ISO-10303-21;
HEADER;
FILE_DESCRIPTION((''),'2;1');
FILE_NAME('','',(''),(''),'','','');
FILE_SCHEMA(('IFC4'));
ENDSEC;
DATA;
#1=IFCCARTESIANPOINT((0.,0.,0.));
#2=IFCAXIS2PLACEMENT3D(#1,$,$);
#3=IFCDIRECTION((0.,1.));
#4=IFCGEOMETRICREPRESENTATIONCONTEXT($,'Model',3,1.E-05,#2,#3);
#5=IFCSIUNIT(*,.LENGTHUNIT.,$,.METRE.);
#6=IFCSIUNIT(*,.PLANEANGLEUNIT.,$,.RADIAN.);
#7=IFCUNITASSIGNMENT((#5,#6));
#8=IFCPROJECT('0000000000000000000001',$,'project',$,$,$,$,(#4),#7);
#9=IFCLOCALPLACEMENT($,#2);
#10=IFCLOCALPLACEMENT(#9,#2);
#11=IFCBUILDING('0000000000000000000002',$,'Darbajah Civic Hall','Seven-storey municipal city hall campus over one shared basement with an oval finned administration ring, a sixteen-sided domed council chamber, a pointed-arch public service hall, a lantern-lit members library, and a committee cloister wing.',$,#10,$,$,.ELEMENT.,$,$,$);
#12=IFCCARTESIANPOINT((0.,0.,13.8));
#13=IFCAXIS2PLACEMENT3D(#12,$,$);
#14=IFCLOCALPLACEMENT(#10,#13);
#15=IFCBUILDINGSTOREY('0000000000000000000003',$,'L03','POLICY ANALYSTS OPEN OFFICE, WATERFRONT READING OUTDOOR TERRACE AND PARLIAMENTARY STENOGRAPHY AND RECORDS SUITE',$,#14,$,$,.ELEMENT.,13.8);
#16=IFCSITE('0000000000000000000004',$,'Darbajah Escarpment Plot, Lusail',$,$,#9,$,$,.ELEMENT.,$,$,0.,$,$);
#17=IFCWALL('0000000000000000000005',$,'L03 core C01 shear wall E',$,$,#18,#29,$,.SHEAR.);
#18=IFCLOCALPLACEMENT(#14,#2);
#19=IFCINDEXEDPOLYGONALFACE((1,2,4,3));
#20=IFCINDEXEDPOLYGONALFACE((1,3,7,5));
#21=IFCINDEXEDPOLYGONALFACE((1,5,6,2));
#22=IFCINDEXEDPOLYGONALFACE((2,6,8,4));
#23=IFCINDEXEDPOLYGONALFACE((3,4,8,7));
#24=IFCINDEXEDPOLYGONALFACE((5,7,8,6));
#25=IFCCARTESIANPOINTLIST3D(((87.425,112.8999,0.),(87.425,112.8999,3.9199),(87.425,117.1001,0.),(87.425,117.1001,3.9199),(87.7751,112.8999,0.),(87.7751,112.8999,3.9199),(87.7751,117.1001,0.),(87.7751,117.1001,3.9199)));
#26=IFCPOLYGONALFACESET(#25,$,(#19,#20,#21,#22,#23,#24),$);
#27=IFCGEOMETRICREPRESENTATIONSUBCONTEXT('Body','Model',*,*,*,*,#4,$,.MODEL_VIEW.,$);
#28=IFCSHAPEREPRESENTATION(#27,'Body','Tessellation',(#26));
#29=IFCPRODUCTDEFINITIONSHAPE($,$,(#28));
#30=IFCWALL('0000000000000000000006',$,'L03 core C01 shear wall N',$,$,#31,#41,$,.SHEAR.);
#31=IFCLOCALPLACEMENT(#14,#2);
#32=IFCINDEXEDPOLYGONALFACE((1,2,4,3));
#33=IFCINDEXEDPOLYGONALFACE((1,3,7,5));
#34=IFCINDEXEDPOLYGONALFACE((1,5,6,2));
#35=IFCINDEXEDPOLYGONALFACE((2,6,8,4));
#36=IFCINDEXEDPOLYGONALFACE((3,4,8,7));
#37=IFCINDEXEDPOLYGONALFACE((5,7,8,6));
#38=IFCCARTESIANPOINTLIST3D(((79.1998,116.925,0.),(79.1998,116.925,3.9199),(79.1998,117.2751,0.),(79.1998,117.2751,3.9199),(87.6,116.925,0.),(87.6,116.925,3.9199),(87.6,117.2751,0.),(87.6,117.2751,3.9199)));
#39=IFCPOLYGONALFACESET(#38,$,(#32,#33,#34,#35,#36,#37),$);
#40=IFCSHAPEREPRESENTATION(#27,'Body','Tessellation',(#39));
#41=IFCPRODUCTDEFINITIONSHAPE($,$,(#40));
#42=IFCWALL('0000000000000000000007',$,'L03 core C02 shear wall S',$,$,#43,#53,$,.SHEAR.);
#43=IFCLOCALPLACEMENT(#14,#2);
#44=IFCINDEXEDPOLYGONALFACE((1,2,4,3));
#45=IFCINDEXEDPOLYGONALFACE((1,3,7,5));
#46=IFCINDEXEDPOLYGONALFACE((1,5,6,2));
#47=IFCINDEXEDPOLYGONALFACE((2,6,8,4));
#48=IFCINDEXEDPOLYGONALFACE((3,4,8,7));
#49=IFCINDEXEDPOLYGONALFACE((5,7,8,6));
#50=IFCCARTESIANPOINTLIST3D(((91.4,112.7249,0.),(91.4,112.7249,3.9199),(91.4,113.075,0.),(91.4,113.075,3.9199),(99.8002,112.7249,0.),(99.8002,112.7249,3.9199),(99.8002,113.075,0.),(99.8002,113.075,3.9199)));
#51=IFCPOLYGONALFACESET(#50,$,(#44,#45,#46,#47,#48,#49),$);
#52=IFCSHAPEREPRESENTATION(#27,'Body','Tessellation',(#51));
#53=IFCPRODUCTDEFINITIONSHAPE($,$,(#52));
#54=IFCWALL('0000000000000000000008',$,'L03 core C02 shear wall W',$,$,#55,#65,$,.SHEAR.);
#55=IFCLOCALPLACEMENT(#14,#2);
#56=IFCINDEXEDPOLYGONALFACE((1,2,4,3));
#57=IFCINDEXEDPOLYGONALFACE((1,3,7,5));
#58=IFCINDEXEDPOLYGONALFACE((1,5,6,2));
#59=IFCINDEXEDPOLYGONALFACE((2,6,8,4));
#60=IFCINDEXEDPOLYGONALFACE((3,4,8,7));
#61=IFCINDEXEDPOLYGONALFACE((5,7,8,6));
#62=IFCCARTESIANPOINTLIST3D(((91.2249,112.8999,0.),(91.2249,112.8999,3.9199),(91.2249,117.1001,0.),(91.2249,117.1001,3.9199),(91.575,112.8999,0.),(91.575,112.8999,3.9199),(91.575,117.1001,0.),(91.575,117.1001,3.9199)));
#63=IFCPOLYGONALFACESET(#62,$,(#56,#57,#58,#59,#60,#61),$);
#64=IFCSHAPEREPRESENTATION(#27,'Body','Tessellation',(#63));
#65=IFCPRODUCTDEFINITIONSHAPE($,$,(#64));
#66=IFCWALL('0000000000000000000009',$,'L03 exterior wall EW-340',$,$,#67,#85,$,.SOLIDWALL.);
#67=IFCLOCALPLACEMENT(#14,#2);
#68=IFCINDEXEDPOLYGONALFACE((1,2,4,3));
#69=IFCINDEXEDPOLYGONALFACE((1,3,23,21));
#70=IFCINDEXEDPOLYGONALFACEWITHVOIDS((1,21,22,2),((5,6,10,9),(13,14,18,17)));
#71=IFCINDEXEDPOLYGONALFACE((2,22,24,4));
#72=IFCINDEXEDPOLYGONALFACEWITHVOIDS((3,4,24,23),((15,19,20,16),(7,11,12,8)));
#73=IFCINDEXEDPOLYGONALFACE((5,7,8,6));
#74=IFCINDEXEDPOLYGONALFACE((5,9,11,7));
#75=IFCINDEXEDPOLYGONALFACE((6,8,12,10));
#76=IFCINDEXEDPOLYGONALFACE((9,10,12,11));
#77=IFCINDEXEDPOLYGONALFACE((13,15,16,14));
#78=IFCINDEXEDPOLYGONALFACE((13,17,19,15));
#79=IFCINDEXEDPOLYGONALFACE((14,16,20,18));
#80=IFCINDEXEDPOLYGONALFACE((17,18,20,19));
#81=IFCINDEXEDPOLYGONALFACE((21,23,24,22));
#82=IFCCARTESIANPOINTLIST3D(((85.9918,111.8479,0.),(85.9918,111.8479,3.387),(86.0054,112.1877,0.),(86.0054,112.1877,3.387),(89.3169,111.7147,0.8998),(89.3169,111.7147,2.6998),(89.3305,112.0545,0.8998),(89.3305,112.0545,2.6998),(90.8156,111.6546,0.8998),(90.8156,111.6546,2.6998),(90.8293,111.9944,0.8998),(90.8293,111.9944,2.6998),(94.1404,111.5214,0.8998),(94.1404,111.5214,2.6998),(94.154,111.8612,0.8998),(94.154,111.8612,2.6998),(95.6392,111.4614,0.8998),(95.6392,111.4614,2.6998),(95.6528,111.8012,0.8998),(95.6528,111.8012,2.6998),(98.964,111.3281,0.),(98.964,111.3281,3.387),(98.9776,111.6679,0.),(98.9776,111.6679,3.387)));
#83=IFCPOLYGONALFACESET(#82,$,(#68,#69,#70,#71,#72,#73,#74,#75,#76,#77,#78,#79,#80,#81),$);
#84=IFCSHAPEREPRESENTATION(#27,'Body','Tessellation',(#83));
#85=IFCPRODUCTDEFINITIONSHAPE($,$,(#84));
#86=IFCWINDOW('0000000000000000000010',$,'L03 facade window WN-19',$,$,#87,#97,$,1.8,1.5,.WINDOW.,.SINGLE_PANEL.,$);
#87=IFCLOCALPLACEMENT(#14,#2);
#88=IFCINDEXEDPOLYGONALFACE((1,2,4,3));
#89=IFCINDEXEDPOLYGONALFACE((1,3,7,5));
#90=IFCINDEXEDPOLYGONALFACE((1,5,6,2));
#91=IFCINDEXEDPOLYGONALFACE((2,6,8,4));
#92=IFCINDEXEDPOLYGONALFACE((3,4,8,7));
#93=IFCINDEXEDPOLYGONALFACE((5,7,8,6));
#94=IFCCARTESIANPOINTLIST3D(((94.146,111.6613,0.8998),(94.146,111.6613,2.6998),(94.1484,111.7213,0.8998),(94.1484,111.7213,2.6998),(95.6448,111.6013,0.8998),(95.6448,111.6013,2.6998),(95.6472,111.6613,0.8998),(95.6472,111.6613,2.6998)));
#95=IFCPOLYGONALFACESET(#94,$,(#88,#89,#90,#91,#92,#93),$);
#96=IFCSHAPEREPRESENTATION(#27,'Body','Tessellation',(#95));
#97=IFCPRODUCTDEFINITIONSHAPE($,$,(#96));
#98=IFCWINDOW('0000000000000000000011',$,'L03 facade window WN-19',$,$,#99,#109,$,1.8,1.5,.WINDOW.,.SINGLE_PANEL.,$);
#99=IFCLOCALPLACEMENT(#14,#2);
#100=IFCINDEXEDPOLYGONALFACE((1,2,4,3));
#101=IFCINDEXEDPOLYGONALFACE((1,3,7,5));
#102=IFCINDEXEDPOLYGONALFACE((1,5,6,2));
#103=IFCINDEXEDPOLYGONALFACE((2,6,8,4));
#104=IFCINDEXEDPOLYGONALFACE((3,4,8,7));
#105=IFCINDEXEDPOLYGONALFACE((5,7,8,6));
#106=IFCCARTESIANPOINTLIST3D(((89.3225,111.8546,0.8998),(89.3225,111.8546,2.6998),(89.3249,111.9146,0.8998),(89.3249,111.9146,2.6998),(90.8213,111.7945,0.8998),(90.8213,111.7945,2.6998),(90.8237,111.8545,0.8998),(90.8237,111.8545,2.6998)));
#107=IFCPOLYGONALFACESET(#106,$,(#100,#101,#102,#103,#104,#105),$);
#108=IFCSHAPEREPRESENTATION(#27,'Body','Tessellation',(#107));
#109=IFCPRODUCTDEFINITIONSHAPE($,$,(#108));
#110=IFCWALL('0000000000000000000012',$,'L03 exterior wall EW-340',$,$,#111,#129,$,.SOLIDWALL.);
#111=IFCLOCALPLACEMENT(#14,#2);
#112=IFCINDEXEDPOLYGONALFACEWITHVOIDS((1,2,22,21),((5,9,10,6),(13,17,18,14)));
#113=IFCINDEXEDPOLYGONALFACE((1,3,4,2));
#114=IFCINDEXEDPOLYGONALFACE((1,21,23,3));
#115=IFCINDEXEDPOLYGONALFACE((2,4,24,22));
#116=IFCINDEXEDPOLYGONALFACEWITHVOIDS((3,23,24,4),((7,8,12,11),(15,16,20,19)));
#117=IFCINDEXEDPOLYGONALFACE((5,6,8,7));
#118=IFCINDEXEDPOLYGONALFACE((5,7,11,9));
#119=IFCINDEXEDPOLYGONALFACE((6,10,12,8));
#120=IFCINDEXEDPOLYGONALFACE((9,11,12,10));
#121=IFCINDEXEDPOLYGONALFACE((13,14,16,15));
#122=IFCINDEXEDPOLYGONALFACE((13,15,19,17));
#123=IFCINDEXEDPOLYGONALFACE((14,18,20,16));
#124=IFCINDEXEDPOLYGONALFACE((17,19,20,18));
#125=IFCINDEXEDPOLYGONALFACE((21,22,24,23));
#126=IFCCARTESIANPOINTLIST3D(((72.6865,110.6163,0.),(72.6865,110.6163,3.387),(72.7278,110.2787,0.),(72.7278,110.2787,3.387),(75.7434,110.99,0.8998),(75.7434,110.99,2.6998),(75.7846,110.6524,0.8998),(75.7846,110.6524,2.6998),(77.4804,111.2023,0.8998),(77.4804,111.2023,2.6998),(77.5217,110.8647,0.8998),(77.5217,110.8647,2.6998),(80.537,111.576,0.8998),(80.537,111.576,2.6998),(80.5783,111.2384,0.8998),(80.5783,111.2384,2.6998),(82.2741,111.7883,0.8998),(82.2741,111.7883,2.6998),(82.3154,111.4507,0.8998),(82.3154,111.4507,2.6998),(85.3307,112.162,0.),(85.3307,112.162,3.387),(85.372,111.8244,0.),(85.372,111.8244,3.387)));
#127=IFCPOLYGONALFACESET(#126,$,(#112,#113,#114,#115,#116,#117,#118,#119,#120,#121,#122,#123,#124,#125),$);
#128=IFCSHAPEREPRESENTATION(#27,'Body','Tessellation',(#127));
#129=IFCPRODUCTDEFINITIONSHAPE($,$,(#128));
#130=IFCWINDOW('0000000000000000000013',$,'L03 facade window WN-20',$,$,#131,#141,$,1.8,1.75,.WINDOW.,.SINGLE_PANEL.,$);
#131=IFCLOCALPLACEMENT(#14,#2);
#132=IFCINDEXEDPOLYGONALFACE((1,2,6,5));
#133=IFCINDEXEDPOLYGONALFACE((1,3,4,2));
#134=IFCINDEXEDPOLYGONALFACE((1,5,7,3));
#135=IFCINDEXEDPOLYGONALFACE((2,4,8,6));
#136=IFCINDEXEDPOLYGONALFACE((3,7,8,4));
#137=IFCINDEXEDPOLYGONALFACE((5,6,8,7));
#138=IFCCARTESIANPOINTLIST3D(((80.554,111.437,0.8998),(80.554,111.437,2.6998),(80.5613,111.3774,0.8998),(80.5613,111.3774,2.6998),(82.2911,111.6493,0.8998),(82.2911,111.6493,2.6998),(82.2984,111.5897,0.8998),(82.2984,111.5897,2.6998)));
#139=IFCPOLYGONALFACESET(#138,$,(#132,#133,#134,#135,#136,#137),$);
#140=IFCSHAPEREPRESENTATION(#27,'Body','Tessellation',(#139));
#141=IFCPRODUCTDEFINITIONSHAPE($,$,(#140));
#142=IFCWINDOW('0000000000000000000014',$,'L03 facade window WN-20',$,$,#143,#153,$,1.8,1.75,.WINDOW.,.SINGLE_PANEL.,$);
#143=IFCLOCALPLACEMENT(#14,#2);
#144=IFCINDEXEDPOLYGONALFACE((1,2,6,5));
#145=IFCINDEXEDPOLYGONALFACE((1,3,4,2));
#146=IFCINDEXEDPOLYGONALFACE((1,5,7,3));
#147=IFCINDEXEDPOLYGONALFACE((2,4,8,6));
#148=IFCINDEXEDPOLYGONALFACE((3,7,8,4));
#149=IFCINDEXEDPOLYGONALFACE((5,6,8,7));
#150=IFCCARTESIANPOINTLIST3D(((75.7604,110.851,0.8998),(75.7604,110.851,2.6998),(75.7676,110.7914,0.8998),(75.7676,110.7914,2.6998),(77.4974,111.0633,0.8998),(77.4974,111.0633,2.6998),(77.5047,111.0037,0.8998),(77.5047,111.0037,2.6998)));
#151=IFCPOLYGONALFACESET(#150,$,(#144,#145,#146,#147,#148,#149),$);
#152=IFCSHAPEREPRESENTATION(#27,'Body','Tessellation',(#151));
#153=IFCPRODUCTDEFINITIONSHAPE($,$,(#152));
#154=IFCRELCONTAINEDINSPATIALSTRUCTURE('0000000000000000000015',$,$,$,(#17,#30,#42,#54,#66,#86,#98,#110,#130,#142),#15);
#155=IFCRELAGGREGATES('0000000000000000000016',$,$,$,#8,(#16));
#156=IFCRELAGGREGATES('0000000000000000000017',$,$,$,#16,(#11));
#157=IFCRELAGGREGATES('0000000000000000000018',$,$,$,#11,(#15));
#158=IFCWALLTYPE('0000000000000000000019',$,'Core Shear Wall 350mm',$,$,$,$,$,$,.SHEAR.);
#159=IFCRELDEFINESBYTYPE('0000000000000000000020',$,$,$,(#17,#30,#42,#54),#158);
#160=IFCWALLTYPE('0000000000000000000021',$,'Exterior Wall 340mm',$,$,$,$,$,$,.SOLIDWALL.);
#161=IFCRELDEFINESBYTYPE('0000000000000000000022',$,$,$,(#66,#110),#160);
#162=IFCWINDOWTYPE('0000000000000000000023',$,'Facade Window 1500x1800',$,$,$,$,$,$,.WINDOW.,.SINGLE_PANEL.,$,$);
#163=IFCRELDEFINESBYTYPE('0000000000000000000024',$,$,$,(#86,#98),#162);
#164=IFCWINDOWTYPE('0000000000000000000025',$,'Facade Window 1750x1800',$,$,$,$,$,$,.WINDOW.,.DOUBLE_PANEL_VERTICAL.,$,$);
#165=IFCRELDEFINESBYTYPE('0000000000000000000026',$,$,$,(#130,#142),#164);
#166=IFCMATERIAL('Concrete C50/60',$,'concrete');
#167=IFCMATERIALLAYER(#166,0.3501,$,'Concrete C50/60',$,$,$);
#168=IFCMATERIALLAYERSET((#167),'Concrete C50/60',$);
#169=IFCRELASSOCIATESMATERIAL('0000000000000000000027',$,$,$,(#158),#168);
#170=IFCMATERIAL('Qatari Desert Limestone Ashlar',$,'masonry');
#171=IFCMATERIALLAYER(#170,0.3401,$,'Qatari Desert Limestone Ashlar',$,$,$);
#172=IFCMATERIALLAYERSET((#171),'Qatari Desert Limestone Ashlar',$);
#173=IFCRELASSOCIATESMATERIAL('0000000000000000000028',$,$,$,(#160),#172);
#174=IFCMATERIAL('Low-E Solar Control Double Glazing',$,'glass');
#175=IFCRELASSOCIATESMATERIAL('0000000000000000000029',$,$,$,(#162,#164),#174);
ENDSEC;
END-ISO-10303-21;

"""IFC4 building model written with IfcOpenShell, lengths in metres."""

from ifc_helpers import new_model, si_unit, direction, frame, frame_2d, origin, place, context, subcontext, project, spatial, rectangle, extrude, material, layer, layer_set, type_object, element, fill, save


model = new_model("IFC4")

# Units and contexts
model_context = context("Model", 3, precision=1e-05, world=origin(), true_north=direction((0.0, 1.0)))
body_context = subcontext(model_context, "Body", "Model", "MODEL_VIEW")
ifc_project = project(units=[si_unit("LENGTHUNIT", "METRE"), si_unit("PLANEANGLEUNIT", "RADIAN")], contexts=[model_context])

# Site, building, storey
site_placement = place(None, origin())
site = spatial("IfcSite", under=ifc_project, at=site_placement, Name="Darbajah Escarpment Plot, Lusail", CompositionType="ELEMENT", RefElevation=0.0)
building_placement = place(site_placement, origin())
building = spatial("IfcBuilding", under=site, at=building_placement, Name="Darbajah Civic Hall", Description="Seven-storey municipal city hall campus over one shared basement with an oval finned administration ring, a sixteen-sided domed council chamber, a pointed-arch public service hall, a lantern-lit members library, and a committee cloister wing.", CompositionType="ELEMENT")
storey_placement = place(building_placement, frame((0.0, 0.0, 13.8)))
storey = spatial("IfcBuildingStorey", under=building, at=storey_placement, Name="L03", Description="POLICY ANALYSTS OPEN OFFICE, WATERFRONT READING OUTDOOR TERRACE AND PARLIAMENTARY STENOGRAPHY AND RECORDS SUITE", CompositionType="ELEMENT", Elevation=13.8)

# Walls
ifc_material_1 = material(Name="Concrete C50/60", Category="concrete")
ifc_layer_1 = layer(ifc_material_1, 0.3501, Name="Concrete C50/60")
ifc_layer_set_1 = layer_set([ifc_layer_1], Name="Concrete C50/60")
wall_type_1 = type_object("IfcWallType", Name="Core Shear Wall 350mm", PredefinedType="SHEAR", material=ifc_layer_set_1)
wall_1_placement = place(storey_placement, frame((87.6001, 112.8999, 0.0), z_axis=(0.0, 0.0, 1.0), x_axis=(0.0, 1.0, 0.0)))
element("IfcWall", 1, at=wall_1_placement, inside=storey, type_object=wall_type_1, Name="L03 core C01 shear wall E", PredefinedType="SHEAR", context=body_context, shape_type="SweptSolid", body=[
    extrude(rectangle(XDim=4.2002, YDim=0.3501, at=frame_2d((2.1001, 0.0))), origin(), (0.0, 0.0, 1.0), 3.9199),
])
for number, where, z_axis, x_axis, name in (
    (2, (87.6001, 117.1001, 0.0), (0.0, 0.0, 1.0), (-1.0, 0.0, 0.0), "L03 core C01 shear wall N"),
    (3, (91.3999, 112.8999, 0.0), (0.0, 0.0, 1.0), (1.0, 0.0, 0.0), "L03 core C02 shear wall S"),
):
    element("IfcWall", number, at=place(storey_placement, frame(where, z_axis=z_axis, x_axis=x_axis)), inside=storey, type_object=wall_type_1, Name=name, PredefinedType="SHEAR", context=body_context, shape_type="SweptSolid", body=[
        extrude(rectangle(XDim=8.4001, YDim=0.3501, at=frame_2d((4.2002, 0.0))), origin(), (0.0, 0.0, 1.0), 3.9199),
    ])
wall_2_placement = place(storey_placement, frame((91.3999, 117.1001, 0.0), z_axis=(0.0, 0.0, 1.0), x_axis=(0.0, -1.0, 0.0)))
element("IfcWall", 4, at=wall_2_placement, inside=storey, type_object=wall_type_1, Name="L03 core C02 shear wall W", PredefinedType="SHEAR", context=body_context, shape_type="SweptSolid", body=[
    extrude(rectangle(XDim=4.2002, YDim=0.3501, at=frame_2d((2.1001, 0.0))), origin(), (0.0, 0.0, 1.0), 3.9199),
])

# Walls, openings, windows
ifc_material_2 = material(Name="Qatari Desert Limestone Ashlar", Category="masonry")
ifc_layer_2 = layer(ifc_material_2, 0.3401, Name="Qatari Desert Limestone Ashlar")
ifc_layer_set_2 = layer_set([ifc_layer_2], Name="Qatari Desert Limestone Ashlar")
wall_type_2 = type_object("IfcWallType", Name="Exterior Wall 340mm", PredefinedType="SOLIDWALL", material=ifc_layer_set_2)
wall_3_placement = place(storey_placement, frame((98.9707, 111.498, 0.0), z_axis=(0.0, 0.0, 1.0), x_axis=(-0.999198, 0.040036, 0.0)))
wall_3 = element("IfcWall", 5, at=wall_3_placement, inside=storey, type_object=wall_type_2, Name="L03 exterior wall EW-340", PredefinedType="SOLIDWALL", context=body_context, shape_type="SweptSolid", body=[
    extrude(rectangle(XDim=12.9827, YDim=0.3401, at=frame_2d((6.4912, 0.0))), origin(), (0.0, 0.0, 1.0), 3.387),
])
opening_1_placement = place(wall_3_placement, frame((3.3274, 0.0, 0.8999)))
opening_1 = element("IfcOpeningElement", 6, at=opening_1_placement, cuts=wall_3, PredefinedType="OPENING", context=body_context, shape_type="SweptSolid", body=[
    extrude(rectangle(XDim=1.5, YDim=1.8, at=frame_2d((0.75, 0.8999))), frame((0.0, 0.1799, 0.0), z_axis=(0.0, -1.0, 0.0), x_axis=(1.0, 0.0, 0.0)), (0.0, 0.0, 1.0), 0.3601),
])
opening_2_placement = place(wall_3_placement, frame((8.1548, 0.0, 0.8999)))
opening_2 = element("IfcOpeningElement", 7, at=opening_2_placement, cuts=wall_3, PredefinedType="OPENING", context=body_context, shape_type="SweptSolid", body=[
    extrude(rectangle(XDim=1.5, YDim=1.8, at=frame_2d((0.75, 0.8999))), frame((0.0, 0.1799, 0.0), z_axis=(0.0, -1.0, 0.0), x_axis=(1.0, 0.0, 0.0)), (0.0, 0.0, 1.0), 0.3601),
])
ifc_material_3 = material(Name="Low-E Solar Control Double Glazing", Category="glass")
window_type_1 = type_object("IfcWindowType", Name="Facade Window 1500x1800", PartitioningType="SINGLE_PANEL", PredefinedType="WINDOW", material=ifc_material_3)
window_1_placement = place(opening_1_placement, origin())
window_1 = element("IfcWindow", 8, at=window_1_placement, inside=storey, type_object=window_type_1, Name="L03 facade window WN-19", OverallHeight=1.8, OverallWidth=1.5, PartitioningType="SINGLE_PANEL", PredefinedType="WINDOW", context=body_context, shape_type="SweptSolid", body=[
    extrude(rectangle(XDim=1.5, YDim=1.8, at=frame_2d((0.75, 0.8999))), frame((0.0, 0.03, 0.0), z_axis=(0.0, -1.0, 0.0), x_axis=(1.0, 0.0, 0.0)), (0.0, 0.0, 1.0), 0.0601),
])
fill(opening_1, window_1)
window_2_placement = place(opening_2_placement, origin())
window_2 = element("IfcWindow", 9, at=window_2_placement, inside=storey, type_object=window_type_1, Name="L03 facade window WN-19", OverallHeight=1.8, OverallWidth=1.5, PartitioningType="SINGLE_PANEL", PredefinedType="WINDOW", context=body_context, shape_type="SweptSolid", body=[
    extrude(rectangle(XDim=1.5, YDim=1.8, at=frame_2d((0.75, 0.8999))), frame((0.0, 0.03, 0.0), z_axis=(0.0, -1.0, 0.0), x_axis=(1.0, 0.0, 0.0)), (0.0, 0.0, 1.0), 0.0601),
])
fill(opening_2, window_2)
wall_4_placement = place(storey_placement, frame((85.3513, 111.9932, 0.0), z_axis=(0.0, 0.0, 1.0), x_axis=(-0.992611, -0.12134, 0.0)))
wall_4 = element("IfcWall", 10, at=wall_4_placement, inside=storey, type_object=wall_type_2, Name="L03 exterior wall EW-340", PredefinedType="SOLIDWALL", context=body_context, shape_type="SweptSolid", body=[
    extrude(rectangle(XDim=12.7383, YDim=0.3401, at=frame_2d((6.3691, 0.0))), origin(), (0.0, 0.0, 1.0), 3.387),
])
opening_3_placement = place(wall_4_placement, frame((3.0793, 0.0, 0.8999)))
opening_3 = element("IfcOpeningElement", 11, at=opening_3_placement, cuts=wall_4, PredefinedType="OPENING", context=body_context, shape_type="SweptSolid", body=[
    extrude(rectangle(XDim=1.75, YDim=1.8, at=frame_2d((0.875, 0.8999))), frame((0.0, 0.1799, 0.0), z_axis=(0.0, -1.0, 0.0), x_axis=(1.0, 0.0, 0.0)), (0.0, 0.0, 1.0), 0.3601),
])
opening_4_placement = place(wall_4_placement, frame((7.9087, 0.0, 0.8999)))
opening_4 = element("IfcOpeningElement", 12, at=opening_4_placement, cuts=wall_4, PredefinedType="OPENING", context=body_context, shape_type="SweptSolid", body=[
    extrude(rectangle(XDim=1.75, YDim=1.8, at=frame_2d((0.875, 0.8999))), frame((0.0, 0.1799, 0.0), z_axis=(0.0, -1.0, 0.0), x_axis=(1.0, 0.0, 0.0)), (0.0, 0.0, 1.0), 0.3601),
])
window_type_2 = type_object("IfcWindowType", Name="Facade Window 1750x1800", PartitioningType="DOUBLE_PANEL_VERTICAL", PredefinedType="WINDOW", material=ifc_material_3)
window_3_placement = place(opening_3_placement, origin())
window_3 = element("IfcWindow", 13, at=window_3_placement, inside=storey, type_object=window_type_2, Name="L03 facade window WN-20", OverallHeight=1.8, OverallWidth=1.75, PartitioningType="SINGLE_PANEL", PredefinedType="WINDOW", context=body_context, shape_type="SweptSolid", body=[
    extrude(rectangle(XDim=1.75, YDim=1.8, at=frame_2d((0.875, 0.8999))), frame((0.0, 0.03, 0.0), z_axis=(0.0, -1.0, 0.0), x_axis=(1.0, 0.0, 0.0)), (0.0, 0.0, 1.0), 0.0601),
])
fill(opening_3, window_3)
window_4_placement = place(opening_4_placement, origin())
window_4 = element("IfcWindow", 14, at=window_4_placement, inside=storey, type_object=window_type_2, Name="L03 facade window WN-20", OverallHeight=1.8, OverallWidth=1.75, PartitioningType="SINGLE_PANEL", PredefinedType="WINDOW", context=body_context, shape_type="SweptSolid", body=[
    extrude(rectangle(XDim=1.75, YDim=1.8, at=frame_2d((0.875, 0.8999))), frame((0.0, 0.03, 0.0), z_axis=(0.0, -1.0, 0.0), x_axis=(1.0, 0.0, 0.0)), (0.0, 0.0, 1.0), 0.0601),
])
fill(opening_4, window_4)

save(model, "model.ifc")
